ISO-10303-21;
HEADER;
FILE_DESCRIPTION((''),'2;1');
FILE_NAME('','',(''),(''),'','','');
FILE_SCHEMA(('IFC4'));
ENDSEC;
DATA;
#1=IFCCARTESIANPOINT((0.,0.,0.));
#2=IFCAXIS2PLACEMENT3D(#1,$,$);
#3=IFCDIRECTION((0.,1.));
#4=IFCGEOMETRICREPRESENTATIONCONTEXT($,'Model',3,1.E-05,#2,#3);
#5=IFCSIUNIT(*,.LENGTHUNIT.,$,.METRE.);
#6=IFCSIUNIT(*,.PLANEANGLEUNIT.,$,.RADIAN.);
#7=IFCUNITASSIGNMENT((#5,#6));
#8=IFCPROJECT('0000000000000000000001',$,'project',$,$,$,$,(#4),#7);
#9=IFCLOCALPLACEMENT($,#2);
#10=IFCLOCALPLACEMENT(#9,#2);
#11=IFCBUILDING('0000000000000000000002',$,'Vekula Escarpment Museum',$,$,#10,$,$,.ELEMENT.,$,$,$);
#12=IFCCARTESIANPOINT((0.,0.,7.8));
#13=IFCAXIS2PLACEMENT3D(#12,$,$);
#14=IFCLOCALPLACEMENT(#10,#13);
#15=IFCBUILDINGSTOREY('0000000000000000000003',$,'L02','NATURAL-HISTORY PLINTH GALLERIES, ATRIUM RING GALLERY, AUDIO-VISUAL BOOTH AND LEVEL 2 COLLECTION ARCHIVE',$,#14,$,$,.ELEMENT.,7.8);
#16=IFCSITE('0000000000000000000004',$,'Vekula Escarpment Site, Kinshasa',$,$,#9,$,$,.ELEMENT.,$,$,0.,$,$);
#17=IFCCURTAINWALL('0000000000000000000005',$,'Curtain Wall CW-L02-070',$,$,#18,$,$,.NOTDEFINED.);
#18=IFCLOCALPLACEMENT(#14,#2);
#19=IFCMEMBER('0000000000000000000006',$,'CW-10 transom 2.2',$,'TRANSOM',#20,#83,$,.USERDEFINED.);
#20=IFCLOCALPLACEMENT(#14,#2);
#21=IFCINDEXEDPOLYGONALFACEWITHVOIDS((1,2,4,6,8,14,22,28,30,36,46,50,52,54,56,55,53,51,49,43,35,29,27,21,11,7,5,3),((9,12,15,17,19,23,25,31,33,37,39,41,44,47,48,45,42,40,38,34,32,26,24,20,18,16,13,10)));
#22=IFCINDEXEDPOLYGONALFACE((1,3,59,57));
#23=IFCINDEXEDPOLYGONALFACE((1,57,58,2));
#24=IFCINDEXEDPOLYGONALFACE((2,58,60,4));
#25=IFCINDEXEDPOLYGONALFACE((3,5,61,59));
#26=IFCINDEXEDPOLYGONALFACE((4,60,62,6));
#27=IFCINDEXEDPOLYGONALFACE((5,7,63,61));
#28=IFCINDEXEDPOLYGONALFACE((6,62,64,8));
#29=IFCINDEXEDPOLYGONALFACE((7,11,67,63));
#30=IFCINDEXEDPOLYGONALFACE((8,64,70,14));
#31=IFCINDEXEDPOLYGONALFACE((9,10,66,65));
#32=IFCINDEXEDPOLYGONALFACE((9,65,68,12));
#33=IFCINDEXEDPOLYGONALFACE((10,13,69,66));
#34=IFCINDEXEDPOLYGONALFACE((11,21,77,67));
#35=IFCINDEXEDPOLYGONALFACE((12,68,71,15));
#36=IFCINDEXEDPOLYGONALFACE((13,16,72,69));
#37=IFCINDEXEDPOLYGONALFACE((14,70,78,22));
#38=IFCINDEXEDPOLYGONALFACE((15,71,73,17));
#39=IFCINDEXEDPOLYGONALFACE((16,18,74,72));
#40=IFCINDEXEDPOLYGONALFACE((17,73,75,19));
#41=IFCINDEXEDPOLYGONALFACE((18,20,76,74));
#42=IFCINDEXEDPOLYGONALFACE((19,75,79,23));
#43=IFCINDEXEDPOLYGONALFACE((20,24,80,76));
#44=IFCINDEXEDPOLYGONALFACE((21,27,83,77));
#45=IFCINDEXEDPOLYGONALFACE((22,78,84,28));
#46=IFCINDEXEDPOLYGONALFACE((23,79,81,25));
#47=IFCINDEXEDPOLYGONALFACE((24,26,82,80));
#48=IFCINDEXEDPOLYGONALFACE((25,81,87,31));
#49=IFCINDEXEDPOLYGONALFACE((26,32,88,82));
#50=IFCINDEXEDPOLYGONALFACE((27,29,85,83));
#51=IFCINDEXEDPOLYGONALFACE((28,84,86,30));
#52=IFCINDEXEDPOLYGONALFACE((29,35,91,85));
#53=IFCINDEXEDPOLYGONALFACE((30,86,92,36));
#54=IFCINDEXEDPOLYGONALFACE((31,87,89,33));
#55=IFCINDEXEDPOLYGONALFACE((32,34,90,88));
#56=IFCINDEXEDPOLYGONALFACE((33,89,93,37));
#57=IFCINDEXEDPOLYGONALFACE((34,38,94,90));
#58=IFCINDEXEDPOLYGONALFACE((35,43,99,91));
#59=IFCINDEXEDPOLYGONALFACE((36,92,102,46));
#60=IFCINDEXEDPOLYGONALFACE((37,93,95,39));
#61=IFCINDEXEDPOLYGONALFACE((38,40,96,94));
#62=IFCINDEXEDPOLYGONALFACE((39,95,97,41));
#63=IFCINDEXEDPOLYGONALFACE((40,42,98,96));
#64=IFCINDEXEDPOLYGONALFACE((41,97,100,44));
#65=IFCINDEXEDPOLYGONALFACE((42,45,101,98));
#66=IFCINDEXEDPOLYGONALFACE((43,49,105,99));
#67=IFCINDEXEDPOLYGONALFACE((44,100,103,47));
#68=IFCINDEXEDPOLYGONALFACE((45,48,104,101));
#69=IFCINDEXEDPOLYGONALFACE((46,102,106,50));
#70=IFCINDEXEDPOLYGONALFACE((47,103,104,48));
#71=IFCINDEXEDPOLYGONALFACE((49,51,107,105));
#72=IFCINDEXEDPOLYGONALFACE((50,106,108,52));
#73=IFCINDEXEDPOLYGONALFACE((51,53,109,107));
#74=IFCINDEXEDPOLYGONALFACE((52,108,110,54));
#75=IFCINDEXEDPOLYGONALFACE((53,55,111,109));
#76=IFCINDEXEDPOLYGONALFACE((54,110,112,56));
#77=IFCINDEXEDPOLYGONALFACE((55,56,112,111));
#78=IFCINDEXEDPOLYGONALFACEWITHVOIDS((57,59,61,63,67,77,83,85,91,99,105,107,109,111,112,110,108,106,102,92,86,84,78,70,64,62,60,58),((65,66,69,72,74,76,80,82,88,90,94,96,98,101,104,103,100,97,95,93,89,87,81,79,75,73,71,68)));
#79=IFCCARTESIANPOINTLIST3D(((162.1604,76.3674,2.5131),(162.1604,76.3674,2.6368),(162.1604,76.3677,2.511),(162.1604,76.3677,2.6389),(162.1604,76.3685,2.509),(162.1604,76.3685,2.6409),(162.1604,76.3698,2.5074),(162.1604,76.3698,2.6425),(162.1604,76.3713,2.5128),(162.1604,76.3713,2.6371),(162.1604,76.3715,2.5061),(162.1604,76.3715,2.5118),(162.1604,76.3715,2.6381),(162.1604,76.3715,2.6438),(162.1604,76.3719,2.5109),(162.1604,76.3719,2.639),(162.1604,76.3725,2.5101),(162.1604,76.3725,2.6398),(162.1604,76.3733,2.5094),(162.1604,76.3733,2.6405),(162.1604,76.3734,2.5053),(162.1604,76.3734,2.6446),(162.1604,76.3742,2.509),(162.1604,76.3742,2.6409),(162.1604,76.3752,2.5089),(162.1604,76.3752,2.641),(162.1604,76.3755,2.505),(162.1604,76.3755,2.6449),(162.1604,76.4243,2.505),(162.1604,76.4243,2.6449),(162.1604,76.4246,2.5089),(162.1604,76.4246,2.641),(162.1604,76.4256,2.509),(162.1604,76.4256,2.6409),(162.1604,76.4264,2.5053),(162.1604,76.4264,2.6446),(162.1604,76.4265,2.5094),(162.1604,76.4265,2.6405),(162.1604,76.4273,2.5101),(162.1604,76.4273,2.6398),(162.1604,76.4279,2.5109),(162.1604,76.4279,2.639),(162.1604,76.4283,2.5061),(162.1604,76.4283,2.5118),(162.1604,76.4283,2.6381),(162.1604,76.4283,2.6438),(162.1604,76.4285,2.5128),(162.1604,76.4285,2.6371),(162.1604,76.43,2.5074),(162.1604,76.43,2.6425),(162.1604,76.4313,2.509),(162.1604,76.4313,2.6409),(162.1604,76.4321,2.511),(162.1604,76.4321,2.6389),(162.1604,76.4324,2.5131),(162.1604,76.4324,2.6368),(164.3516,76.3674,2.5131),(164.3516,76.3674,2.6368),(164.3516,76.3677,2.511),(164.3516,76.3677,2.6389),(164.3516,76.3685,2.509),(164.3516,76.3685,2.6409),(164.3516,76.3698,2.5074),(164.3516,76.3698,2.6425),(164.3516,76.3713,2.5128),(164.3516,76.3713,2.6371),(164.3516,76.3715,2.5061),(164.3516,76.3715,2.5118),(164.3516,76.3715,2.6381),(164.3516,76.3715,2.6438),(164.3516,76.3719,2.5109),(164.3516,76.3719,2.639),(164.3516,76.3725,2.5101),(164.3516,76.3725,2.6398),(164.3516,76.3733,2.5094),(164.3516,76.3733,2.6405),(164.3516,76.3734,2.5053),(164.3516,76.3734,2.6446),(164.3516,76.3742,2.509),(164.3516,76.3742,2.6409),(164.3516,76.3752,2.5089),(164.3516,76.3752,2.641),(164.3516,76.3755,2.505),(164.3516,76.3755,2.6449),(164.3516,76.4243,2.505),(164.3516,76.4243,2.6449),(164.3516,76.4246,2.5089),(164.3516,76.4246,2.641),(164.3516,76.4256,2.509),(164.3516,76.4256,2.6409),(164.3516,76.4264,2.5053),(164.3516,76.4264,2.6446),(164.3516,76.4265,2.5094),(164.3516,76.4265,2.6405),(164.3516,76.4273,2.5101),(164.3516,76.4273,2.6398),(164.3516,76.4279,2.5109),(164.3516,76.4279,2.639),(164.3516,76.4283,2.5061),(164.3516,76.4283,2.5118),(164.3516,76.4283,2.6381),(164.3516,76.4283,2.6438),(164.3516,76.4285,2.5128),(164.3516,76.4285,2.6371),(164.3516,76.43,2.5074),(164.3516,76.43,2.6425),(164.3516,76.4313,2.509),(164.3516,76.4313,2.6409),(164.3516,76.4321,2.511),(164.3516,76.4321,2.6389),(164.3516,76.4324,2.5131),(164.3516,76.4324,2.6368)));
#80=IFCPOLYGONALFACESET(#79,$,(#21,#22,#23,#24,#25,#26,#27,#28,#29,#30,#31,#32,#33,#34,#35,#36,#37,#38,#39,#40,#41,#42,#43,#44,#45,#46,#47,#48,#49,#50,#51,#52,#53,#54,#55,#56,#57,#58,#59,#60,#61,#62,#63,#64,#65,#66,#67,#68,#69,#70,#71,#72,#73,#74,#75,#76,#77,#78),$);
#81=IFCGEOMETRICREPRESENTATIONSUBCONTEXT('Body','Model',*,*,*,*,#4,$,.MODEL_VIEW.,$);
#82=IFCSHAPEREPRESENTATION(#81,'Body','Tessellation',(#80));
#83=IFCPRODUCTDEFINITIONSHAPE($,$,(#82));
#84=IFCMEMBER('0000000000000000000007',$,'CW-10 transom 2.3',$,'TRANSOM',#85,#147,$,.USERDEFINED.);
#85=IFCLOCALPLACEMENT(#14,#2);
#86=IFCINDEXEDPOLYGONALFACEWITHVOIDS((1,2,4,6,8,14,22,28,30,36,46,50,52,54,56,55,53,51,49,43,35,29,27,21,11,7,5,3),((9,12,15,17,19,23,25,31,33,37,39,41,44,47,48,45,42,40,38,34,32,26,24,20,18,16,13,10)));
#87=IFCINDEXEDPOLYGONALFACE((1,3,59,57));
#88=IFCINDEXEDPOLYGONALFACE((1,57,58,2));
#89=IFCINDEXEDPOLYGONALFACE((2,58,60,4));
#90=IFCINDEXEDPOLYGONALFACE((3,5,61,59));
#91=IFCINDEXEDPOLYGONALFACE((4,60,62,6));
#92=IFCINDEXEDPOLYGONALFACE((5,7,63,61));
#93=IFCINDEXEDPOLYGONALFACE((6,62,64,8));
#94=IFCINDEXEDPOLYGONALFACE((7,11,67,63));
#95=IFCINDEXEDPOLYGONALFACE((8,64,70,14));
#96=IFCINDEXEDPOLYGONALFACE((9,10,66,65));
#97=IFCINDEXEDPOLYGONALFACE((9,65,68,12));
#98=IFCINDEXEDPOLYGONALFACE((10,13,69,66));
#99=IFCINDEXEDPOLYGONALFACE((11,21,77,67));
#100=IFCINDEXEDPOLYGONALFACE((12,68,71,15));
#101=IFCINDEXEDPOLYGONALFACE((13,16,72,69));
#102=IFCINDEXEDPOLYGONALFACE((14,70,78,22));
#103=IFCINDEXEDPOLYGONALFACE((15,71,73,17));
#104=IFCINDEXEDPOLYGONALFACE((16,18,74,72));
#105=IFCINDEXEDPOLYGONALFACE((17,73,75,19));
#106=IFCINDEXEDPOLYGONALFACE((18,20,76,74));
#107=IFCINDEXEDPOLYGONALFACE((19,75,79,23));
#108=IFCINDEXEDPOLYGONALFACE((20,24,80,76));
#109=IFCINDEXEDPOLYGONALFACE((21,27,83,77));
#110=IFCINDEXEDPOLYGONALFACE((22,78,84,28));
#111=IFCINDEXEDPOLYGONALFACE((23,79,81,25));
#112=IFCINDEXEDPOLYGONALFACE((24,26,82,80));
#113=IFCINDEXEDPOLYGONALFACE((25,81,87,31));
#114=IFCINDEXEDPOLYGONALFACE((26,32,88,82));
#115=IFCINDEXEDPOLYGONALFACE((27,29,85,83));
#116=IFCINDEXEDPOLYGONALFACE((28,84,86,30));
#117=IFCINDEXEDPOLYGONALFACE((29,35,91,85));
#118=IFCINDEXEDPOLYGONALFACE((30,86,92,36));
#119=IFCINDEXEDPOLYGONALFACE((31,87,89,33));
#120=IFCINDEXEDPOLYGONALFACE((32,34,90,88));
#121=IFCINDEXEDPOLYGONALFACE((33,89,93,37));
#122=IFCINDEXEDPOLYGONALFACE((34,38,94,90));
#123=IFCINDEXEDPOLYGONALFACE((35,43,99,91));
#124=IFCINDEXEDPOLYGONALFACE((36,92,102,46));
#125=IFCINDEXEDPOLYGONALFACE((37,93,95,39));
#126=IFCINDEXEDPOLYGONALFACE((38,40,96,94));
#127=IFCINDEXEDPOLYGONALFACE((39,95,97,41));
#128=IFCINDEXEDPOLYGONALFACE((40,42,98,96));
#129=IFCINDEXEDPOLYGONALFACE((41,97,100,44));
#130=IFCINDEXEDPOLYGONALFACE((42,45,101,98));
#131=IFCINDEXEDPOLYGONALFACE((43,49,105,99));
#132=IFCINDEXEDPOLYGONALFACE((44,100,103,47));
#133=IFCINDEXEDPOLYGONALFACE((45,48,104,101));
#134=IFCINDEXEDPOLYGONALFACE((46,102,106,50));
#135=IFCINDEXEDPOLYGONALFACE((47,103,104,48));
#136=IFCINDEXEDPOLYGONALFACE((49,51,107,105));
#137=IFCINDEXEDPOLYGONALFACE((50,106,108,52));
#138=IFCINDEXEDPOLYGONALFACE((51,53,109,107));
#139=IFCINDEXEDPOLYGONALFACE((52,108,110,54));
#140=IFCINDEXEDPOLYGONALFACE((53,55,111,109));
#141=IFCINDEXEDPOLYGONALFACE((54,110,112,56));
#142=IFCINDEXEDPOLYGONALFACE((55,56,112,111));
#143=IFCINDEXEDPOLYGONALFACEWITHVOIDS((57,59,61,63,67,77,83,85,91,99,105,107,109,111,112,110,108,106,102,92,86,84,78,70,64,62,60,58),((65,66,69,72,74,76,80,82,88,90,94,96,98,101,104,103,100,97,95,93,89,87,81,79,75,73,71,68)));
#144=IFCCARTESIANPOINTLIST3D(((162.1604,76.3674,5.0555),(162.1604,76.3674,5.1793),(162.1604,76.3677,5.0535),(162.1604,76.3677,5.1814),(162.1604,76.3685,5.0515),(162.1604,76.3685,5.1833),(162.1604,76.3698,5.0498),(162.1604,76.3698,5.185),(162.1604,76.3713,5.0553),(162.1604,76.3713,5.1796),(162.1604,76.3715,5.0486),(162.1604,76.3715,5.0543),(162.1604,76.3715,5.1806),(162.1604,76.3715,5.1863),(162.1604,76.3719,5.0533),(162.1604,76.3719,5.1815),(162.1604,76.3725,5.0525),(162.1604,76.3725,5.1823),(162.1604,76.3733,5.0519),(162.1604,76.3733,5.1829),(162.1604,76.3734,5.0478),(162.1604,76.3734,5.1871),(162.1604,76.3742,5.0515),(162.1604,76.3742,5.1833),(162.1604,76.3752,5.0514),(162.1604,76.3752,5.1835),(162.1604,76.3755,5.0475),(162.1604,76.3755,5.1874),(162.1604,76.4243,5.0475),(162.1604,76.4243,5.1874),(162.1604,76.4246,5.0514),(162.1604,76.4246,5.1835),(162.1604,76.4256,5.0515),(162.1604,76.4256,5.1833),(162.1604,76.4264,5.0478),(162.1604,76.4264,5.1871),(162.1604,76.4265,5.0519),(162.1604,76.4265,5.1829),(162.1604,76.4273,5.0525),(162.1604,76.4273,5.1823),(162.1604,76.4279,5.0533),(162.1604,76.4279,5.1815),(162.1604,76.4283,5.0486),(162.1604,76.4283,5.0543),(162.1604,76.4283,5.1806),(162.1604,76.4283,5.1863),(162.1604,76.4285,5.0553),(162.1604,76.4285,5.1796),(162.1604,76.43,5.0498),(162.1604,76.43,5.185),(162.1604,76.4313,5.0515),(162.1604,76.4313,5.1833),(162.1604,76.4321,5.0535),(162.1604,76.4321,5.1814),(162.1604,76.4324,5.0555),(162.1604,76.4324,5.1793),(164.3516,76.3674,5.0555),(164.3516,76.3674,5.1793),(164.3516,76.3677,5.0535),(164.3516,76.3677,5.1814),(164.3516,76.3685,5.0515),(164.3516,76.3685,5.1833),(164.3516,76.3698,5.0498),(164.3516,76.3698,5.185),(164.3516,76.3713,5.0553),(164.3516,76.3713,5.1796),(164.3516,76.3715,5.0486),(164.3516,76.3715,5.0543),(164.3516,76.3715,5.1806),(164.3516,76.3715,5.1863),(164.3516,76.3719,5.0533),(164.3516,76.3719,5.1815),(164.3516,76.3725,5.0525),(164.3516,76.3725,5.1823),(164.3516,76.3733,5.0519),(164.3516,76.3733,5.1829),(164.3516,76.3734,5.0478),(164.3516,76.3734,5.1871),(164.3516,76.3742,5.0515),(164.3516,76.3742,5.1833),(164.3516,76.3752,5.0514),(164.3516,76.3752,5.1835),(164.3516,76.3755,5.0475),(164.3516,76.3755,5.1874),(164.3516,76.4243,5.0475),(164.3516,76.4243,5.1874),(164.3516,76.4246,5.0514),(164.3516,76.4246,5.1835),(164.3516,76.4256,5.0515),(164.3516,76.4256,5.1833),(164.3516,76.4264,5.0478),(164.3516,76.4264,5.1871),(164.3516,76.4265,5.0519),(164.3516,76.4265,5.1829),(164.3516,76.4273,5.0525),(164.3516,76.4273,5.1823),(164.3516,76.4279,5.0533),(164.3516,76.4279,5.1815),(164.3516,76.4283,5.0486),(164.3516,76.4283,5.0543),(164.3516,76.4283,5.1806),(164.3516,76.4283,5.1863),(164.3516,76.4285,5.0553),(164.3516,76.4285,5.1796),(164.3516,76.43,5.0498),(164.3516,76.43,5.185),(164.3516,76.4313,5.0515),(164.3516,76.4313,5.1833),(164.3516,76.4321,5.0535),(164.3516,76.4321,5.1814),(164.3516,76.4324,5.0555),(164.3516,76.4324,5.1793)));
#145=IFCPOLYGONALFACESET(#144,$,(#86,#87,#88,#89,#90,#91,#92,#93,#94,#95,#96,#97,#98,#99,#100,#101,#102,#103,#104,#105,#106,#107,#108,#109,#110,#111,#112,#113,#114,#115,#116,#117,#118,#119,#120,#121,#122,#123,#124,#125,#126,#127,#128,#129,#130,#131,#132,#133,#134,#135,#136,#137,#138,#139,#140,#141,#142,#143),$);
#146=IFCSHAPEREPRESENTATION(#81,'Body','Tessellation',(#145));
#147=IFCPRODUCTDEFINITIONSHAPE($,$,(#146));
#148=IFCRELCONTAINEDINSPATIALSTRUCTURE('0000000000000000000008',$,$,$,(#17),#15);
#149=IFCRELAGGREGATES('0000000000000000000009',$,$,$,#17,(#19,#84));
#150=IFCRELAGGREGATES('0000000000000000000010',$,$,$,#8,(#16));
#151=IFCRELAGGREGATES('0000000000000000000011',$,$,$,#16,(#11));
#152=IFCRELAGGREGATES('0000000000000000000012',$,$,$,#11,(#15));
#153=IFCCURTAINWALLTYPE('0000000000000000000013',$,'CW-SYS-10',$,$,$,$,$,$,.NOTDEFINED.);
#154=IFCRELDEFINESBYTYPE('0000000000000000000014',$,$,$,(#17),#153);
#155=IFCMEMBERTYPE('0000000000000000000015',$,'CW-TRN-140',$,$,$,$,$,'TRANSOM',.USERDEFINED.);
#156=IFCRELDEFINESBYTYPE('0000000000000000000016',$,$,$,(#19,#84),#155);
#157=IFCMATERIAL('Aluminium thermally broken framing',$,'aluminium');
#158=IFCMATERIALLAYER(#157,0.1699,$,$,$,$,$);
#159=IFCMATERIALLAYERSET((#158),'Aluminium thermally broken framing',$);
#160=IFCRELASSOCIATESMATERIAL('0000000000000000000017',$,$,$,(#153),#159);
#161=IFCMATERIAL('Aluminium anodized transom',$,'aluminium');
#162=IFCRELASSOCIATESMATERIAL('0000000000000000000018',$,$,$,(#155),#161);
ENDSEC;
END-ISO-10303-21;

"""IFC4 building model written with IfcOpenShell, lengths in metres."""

from ifc_helpers import new_model, si_unit, direction, frame, origin, origin_2d, place, context, subcontext, project, spatial, hollow_rectangle, extrude, material, layer, layer_set, material_profile, profile_set, type_object, element, aggregate, save


model = new_model("IFC4")

# Units and contexts
model_context = context("Model", 3, precision=1e-05, world=origin(), true_north=direction((0.0, 1.0)))
body_context = subcontext(model_context, "Body", "Model", "MODEL_VIEW")
ifc_project = project(units=[si_unit("LENGTHUNIT", "METRE"), si_unit("PLANEANGLEUNIT", "RADIAN")], contexts=[model_context])

# Site, building, storey
site_placement = place(None, origin())
site = spatial("IfcSite", under=ifc_project, at=site_placement, Name="Vekula Escarpment Site, Kinshasa", CompositionType="ELEMENT", RefElevation=0.0)
building_placement = place(site_placement, origin())
building = spatial("IfcBuilding", under=site, at=building_placement, Name="Vekula Escarpment Museum", CompositionType="ELEMENT")
storey_placement = place(building_placement, frame((0.0, 0.0, 7.8)))
storey = spatial("IfcBuildingStorey", under=building, at=storey_placement, Name="L02", Description="NATURAL-HISTORY PLINTH GALLERIES, ATRIUM RING GALLERY, AUDIO-VISUAL BOOTH AND LEVEL 2 COLLECTION ARCHIVE", CompositionType="ELEMENT", Elevation=7.8)

# Curtain wall, members
ifc_material_1 = material(Name="Aluminium thermally broken framing", Category="aluminium")
ifc_layer_1 = layer(ifc_material_1, 0.1699)
ifc_layer_set_1 = layer_set([ifc_layer_1], Name="Aluminium thermally broken framing")
curtain_wall_type = type_object("IfcCurtainWallType", Name="CW-SYS-10", PredefinedType="NOTDEFINED", material=ifc_layer_set_1)
curtain_wall_placement = place(storey_placement, origin())
curtain_wall = element("IfcCurtainWall", 1, at=curtain_wall_placement, inside=storey, type_object=curtain_wall_type, Name="Curtain Wall CW-L02-070", PredefinedType="NOTDEFINED")
ifc_material_2 = material(Name="Aluminium anodized transom", Category="aluminium")
ifc_material_profile_1 = material_profile(ifc_material_2, hollow_rectangle(XDim=0.0649, YDim=0.1399, WallThickness=0.0039, InnerFilletRadius=0.0039, OuterFilletRadius=0.0081, at=origin_2d()), Name="ALU 140x65x4")
ifc_profile_set_1 = profile_set([ifc_material_profile_1], Name="Aluminium anodized transom")
member_type_1 = type_object("IfcMemberType", Name="CW-TRN-140", ElementType="TRANSOM", PredefinedType="USERDEFINED", material=ifc_profile_set_1)
member_1_placement = place(storey_placement, frame((164.3516, 76.3999, 2.575), z_axis=(-1.0, 0.0, 0.0), x_axis=(0.0, -1.0, 0.0)))
member_1 = element("IfcMember", 2, at=member_1_placement, type_object=member_type_1, Name="CW-10 transom 2.2", ObjectType="TRANSOM", PredefinedType="USERDEFINED", context=body_context, shape_type="SweptSolid", body=[
    extrude(hollow_rectangle(XDim=0.0649, YDim=0.1399, WallThickness=0.0039, InnerFilletRadius=0.0039, OuterFilletRadius=0.0081, at=origin_2d()), origin(), (0.0, 0.0, 1.0), 2.1912),
])
member_2_placement = place(storey_placement, frame((164.3516, 76.3999, 5.1174), z_axis=(-1.0, 0.0, 0.0), x_axis=(0.0, -1.0, 0.0)))
member_2 = element("IfcMember", 3, at=member_2_placement, type_object=member_type_1, Name="CW-10 transom 2.3", ObjectType="TRANSOM", PredefinedType="USERDEFINED", context=body_context, shape_type="SweptSolid", body=[
    extrude(hollow_rectangle(XDim=0.0649, YDim=0.1399, WallThickness=0.0039, InnerFilletRadius=0.0039, OuterFilletRadius=0.0081, at=origin_2d()), origin(), (0.0, 0.0, 1.0), 2.1912),
])
aggregate(curtain_wall, [member_1, member_2])

save(model, "model.ifc")
